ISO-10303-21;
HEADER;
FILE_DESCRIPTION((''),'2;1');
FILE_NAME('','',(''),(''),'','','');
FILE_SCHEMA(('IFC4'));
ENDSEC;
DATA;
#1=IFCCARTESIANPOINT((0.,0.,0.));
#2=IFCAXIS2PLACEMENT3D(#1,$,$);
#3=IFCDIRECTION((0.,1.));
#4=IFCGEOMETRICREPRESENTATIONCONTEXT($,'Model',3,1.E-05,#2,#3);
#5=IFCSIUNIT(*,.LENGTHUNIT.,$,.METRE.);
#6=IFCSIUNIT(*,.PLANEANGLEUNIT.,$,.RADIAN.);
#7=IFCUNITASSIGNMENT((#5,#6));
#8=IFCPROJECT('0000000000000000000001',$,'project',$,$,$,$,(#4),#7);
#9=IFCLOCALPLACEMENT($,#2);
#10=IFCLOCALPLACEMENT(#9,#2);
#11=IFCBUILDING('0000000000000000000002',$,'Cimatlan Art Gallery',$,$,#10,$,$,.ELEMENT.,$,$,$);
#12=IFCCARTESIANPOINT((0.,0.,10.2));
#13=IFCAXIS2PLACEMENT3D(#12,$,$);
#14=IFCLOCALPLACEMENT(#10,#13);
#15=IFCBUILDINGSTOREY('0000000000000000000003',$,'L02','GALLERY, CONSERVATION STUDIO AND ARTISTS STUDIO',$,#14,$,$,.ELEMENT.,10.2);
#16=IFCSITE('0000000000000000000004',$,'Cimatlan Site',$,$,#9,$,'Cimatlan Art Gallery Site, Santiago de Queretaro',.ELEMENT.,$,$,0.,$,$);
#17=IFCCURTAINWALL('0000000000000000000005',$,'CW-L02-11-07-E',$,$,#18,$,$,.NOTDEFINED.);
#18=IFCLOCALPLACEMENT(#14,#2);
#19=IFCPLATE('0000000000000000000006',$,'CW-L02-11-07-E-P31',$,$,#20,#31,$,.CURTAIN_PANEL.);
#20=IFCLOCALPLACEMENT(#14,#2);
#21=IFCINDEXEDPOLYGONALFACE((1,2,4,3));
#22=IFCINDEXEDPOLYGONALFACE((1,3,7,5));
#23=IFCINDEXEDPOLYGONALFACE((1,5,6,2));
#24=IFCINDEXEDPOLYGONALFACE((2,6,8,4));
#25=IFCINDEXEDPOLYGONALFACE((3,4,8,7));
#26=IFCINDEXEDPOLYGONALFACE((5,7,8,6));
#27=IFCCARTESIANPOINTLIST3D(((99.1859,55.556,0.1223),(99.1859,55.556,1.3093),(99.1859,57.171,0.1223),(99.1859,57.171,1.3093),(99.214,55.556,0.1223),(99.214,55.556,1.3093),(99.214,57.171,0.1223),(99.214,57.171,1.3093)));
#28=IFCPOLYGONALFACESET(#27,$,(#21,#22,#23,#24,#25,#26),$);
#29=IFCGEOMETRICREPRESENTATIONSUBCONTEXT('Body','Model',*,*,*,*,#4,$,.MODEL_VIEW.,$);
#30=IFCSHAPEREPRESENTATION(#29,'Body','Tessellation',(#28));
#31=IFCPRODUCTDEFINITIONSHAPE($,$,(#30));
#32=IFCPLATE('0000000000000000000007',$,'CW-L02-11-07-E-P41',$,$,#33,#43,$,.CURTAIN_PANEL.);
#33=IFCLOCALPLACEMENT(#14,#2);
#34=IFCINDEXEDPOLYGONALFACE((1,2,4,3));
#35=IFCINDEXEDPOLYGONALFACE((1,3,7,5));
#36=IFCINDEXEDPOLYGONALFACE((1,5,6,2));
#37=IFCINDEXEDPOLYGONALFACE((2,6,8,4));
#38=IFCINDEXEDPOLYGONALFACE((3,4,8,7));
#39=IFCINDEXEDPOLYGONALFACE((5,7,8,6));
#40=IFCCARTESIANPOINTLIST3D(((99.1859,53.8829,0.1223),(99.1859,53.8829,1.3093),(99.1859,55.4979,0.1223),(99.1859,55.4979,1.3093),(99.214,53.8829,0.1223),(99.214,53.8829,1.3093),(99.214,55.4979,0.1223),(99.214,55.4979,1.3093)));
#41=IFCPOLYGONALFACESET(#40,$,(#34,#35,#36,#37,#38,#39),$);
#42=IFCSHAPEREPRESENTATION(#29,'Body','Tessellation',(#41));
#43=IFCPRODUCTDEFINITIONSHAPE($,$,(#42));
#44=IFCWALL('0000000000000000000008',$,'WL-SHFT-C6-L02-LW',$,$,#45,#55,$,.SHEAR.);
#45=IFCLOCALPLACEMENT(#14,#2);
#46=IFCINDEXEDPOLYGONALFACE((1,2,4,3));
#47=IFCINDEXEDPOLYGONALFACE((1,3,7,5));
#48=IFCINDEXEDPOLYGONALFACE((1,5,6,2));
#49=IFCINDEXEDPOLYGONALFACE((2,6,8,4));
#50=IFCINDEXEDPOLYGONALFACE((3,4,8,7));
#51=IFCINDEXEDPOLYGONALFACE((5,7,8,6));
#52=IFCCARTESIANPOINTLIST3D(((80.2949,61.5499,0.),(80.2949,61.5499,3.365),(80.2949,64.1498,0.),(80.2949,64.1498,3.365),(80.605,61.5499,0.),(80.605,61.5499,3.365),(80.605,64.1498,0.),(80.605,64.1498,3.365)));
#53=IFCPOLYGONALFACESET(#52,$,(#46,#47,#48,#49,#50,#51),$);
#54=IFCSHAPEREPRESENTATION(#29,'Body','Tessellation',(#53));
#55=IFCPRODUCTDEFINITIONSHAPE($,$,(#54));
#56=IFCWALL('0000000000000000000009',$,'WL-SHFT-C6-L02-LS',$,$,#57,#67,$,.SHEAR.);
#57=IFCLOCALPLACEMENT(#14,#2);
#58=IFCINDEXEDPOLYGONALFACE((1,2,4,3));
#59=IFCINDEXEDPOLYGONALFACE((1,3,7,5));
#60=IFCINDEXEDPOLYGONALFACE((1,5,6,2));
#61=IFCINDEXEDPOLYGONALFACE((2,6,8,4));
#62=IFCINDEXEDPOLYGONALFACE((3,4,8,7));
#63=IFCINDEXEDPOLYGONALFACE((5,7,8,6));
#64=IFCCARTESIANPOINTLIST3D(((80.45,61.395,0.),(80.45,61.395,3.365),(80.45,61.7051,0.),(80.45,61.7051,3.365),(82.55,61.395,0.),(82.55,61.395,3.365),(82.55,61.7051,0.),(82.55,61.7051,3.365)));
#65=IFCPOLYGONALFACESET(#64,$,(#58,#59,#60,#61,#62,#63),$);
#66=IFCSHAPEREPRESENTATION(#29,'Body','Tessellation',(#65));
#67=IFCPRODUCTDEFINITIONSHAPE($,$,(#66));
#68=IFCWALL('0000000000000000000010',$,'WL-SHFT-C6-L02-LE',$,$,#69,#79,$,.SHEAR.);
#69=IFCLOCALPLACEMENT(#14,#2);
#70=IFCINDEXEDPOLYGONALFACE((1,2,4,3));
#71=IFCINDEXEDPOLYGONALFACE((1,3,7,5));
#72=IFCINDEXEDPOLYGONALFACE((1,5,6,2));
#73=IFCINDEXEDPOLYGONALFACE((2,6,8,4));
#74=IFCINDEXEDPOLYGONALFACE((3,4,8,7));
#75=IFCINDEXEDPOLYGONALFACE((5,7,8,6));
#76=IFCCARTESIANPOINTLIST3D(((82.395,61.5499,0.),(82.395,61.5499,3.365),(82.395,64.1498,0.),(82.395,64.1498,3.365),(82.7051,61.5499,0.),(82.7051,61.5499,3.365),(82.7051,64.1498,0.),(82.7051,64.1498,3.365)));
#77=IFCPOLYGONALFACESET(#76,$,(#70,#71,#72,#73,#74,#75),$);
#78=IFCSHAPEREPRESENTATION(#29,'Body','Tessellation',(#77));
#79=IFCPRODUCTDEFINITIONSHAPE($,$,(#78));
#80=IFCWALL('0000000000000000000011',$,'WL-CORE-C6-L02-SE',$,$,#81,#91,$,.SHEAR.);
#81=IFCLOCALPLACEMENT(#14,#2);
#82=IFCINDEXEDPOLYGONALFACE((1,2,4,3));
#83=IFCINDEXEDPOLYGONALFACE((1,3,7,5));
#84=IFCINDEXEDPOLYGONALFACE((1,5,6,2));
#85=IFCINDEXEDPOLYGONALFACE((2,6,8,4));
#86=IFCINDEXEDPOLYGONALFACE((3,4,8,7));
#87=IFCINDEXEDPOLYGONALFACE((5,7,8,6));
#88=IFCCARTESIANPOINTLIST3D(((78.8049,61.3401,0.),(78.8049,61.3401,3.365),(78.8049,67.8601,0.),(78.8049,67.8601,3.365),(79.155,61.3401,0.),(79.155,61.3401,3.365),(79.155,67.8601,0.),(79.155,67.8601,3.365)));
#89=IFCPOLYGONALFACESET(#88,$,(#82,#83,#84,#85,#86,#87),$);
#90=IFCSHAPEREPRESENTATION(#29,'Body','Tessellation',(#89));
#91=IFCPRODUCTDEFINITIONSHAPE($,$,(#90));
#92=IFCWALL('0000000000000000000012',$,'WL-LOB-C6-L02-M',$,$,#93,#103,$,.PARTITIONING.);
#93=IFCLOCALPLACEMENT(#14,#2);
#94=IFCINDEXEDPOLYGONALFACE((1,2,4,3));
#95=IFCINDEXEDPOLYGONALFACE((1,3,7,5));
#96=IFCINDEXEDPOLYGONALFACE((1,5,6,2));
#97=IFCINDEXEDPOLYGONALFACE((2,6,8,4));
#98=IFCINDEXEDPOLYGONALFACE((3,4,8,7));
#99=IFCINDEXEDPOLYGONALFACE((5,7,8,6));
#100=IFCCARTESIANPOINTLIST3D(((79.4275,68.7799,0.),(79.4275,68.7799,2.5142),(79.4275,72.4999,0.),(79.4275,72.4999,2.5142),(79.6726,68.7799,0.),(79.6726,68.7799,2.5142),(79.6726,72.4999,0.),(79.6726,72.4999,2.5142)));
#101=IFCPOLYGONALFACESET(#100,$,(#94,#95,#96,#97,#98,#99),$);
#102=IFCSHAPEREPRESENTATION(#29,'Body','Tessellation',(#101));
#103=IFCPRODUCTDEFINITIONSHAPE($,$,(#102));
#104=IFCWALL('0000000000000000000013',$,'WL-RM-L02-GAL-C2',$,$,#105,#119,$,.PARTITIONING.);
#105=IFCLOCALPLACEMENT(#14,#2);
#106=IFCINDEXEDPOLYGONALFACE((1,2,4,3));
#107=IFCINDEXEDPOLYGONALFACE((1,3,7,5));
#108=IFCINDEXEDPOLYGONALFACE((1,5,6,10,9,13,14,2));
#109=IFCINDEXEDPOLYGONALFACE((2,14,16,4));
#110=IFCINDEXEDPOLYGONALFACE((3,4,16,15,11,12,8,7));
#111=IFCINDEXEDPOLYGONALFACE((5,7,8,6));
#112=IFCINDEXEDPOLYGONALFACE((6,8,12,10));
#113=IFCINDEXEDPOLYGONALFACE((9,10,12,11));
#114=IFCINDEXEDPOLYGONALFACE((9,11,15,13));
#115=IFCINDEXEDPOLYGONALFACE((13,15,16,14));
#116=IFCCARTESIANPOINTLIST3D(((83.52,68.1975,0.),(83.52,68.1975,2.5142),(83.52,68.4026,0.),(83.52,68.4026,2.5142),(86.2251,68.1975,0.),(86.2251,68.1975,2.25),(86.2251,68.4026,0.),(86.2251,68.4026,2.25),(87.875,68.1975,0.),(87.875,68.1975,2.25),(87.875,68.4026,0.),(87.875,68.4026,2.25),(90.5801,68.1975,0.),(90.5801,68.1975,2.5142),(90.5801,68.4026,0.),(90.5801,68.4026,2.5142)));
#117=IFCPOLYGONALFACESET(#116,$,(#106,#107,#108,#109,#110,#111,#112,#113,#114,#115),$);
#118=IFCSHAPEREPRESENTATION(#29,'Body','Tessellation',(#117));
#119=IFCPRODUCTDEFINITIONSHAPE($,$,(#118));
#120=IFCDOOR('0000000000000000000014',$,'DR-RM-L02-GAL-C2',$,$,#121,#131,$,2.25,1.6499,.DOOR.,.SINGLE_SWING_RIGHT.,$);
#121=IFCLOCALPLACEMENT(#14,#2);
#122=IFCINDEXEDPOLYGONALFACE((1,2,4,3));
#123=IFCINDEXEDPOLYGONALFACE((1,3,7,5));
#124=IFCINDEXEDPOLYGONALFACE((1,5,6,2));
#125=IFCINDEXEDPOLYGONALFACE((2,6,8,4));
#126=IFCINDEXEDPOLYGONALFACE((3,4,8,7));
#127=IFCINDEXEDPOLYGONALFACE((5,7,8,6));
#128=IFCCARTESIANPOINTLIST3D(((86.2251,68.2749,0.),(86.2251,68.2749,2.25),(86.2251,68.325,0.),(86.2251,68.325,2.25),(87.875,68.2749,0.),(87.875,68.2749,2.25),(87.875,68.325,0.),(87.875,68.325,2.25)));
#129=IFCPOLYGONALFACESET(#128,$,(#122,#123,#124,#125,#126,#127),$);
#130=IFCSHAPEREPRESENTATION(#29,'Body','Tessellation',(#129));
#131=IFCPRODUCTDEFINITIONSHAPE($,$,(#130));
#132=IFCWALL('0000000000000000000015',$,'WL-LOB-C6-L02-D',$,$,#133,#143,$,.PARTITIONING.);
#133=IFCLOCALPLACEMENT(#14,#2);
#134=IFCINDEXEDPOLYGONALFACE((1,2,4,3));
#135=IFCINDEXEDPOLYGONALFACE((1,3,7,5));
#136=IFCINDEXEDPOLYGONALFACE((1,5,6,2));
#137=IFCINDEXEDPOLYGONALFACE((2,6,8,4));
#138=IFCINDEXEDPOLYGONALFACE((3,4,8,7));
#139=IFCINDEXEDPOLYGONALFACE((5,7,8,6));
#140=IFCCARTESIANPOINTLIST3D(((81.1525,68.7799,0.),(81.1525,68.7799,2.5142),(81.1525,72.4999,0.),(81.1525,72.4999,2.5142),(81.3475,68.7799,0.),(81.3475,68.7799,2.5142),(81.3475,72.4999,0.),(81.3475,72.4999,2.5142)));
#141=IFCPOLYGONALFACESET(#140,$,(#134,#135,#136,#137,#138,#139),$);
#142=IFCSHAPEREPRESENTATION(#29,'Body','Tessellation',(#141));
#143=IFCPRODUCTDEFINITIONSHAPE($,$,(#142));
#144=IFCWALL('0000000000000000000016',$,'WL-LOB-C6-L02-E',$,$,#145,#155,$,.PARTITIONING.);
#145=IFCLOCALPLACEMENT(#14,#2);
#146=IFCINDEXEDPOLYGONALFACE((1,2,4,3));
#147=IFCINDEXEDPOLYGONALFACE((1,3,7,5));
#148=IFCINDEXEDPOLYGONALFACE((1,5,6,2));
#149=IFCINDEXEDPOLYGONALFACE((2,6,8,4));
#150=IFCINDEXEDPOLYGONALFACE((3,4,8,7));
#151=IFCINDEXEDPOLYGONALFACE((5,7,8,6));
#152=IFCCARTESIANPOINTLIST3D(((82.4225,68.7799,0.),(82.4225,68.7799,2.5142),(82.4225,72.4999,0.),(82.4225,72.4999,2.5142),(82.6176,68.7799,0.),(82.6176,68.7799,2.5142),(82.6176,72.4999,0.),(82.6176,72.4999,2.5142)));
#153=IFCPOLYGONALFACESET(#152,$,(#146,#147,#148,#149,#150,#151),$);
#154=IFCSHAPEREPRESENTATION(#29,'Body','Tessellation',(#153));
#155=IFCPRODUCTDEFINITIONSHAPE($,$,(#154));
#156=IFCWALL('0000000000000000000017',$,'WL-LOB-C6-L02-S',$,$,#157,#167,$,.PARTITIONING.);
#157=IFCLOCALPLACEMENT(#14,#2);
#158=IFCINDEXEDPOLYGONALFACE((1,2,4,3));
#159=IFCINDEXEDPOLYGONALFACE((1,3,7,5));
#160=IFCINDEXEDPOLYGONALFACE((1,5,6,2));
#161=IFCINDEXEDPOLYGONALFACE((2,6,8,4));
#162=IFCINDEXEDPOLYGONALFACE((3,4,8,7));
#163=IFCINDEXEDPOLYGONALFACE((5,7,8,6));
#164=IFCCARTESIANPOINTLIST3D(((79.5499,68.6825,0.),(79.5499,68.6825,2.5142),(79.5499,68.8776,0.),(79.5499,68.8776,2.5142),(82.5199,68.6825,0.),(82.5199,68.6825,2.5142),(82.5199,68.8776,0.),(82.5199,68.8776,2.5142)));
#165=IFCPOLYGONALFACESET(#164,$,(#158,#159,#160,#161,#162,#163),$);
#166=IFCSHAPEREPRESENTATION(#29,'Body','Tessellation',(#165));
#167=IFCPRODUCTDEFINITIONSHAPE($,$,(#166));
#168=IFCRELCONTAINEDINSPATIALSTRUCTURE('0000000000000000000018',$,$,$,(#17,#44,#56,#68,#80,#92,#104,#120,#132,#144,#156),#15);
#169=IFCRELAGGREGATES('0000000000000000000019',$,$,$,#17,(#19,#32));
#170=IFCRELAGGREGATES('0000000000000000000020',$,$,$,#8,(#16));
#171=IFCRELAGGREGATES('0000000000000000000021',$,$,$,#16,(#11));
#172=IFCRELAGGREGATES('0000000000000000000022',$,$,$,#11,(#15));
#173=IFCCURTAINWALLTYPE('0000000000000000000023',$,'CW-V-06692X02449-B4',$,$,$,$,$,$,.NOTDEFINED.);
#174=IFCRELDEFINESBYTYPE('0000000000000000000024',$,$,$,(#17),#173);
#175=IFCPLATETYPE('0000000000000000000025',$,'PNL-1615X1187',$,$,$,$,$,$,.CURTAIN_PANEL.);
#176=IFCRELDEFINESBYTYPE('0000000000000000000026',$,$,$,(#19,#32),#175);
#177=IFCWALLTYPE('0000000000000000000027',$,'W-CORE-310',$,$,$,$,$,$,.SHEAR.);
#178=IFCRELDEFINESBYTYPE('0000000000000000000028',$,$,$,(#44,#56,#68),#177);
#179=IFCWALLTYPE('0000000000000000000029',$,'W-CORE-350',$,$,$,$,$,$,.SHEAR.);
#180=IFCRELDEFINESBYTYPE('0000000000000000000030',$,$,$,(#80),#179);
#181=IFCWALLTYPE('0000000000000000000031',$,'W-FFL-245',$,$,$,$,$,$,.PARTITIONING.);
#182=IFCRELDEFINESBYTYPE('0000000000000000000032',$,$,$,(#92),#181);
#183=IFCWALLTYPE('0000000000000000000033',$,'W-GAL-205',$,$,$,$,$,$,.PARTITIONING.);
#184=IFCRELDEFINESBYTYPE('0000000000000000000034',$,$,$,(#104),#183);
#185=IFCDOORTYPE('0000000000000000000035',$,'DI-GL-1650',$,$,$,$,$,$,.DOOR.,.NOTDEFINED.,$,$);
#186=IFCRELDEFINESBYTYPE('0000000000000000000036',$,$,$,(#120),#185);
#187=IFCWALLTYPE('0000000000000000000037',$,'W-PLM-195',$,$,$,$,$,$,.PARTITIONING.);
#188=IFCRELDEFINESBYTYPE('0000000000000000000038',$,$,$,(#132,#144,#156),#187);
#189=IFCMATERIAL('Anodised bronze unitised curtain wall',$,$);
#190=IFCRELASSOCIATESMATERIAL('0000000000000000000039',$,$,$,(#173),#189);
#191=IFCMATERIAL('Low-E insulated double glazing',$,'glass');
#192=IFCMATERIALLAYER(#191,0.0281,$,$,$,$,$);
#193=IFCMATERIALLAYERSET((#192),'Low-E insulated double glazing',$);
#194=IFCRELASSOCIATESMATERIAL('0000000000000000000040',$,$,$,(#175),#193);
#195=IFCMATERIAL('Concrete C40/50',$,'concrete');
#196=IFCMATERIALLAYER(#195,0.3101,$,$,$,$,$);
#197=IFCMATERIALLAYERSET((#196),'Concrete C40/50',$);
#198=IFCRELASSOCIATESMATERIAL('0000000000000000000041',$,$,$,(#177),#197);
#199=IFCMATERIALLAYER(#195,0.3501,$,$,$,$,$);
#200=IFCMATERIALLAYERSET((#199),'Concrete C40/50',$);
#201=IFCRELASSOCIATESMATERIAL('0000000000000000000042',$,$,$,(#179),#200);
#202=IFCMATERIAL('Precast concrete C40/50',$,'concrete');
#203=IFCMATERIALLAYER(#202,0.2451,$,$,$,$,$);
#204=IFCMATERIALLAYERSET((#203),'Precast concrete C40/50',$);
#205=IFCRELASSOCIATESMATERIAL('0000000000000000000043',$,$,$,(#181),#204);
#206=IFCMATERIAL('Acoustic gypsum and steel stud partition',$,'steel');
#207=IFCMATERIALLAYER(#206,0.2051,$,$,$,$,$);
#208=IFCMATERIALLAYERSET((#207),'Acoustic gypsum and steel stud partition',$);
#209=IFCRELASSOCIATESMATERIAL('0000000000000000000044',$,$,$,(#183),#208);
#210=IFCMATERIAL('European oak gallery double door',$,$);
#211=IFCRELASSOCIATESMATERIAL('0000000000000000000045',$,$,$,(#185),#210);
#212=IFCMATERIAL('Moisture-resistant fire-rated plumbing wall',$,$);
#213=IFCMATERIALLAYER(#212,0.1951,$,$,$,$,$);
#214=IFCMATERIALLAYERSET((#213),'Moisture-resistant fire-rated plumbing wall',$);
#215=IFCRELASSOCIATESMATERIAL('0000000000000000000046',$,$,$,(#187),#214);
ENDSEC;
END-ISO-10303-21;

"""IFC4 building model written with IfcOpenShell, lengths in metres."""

from ifc_helpers import new_model, si_unit, direction, frame, frame_2d, origin, origin_2d, place, context, subcontext, project, spatial, rectangle, extrude, material, layer, layer_set, type_object, element, fill, aggregate, save


model = new_model("IFC4")

# Units and contexts
model_context = context("Model", 3, precision=1e-05, world=origin(), true_north=direction((0.0, 1.0)))
body_context = subcontext(model_context, "Body", "Model", "MODEL_VIEW")
ifc_project = project(units=[si_unit("LENGTHUNIT", "METRE"), si_unit("PLANEANGLEUNIT", "RADIAN")], contexts=[model_context])

# Site, building, storey
site_placement = place(None, origin())
site = spatial("IfcSite", under=ifc_project, at=site_placement, Name="Cimatlan Site", LongName="Cimatlan Art Gallery Site, Santiago de Queretaro", CompositionType="ELEMENT", RefElevation=0.0)
building_placement = place(site_placement, origin())
building = spatial("IfcBuilding", under=site, at=building_placement, Name="Cimatlan Art Gallery", CompositionType="ELEMENT")
storey_placement = place(building_placement, frame((0.0, 0.0, 10.2)))
storey = spatial("IfcBuildingStorey", under=building, at=storey_placement, Name="L02", Description="GALLERY, CONSERVATION STUDIO AND ARTISTS STUDIO", CompositionType="ELEMENT", Elevation=10.2)

# Curtain wall, plates
ifc_material_1 = material(Name="Anodised bronze unitised curtain wall")
curtain_wall_type = type_object("IfcCurtainWallType", Name="CW-V-06692X02449-B4", PredefinedType="NOTDEFINED", material=ifc_material_1)
curtain_wall_placement = place(storey_placement, origin())
curtain_wall = element("IfcCurtainWall", 1, at=curtain_wall_placement, inside=storey, type_object=curtain_wall_type, Name="CW-L02-11-07-E", PredefinedType="NOTDEFINED")
ifc_material_2 = material(Name="Low-E insulated double glazing", Category="glass")
ifc_layer_1 = layer(ifc_material_2, 0.0281)
ifc_layer_set_1 = layer_set([ifc_layer_1], Name="Low-E insulated double glazing")
plate_type_1 = type_object("IfcPlateType", Name="PNL-1615X1187", PredefinedType="CURTAIN_PANEL", material=ifc_layer_set_1)
plate_1_placement = place(storey_placement, frame((99.2, 56.3635, 0.1223), z_axis=(0.0, 0.0, 1.0), x_axis=(0.0, -1.0, 0.0)))
plate_1 = element("IfcPlate", 2, at=plate_1_placement, type_object=plate_type_1, Name="CW-L02-11-07-E-P31", PredefinedType="CURTAIN_PANEL", context=body_context, shape_type="SweptSolid", body=[
    extrude(rectangle(XDim=1.615, YDim=0.0281, at=origin_2d()), origin(), (0.0, 0.0, 1.0), 1.187),
])
plate_2_placement = place(storey_placement, frame((99.2, 54.6904, 0.1223), z_axis=(0.0, 0.0, 1.0), x_axis=(0.0, -1.0, 0.0)))
plate_2 = element("IfcPlate", 3, at=plate_2_placement, type_object=plate_type_1, Name="CW-L02-11-07-E-P41", PredefinedType="CURTAIN_PANEL", context=body_context, shape_type="SweptSolid", body=[
    extrude(rectangle(XDim=1.615, YDim=0.0281, at=origin_2d()), origin(), (0.0, 0.0, 1.0), 1.187),
])
aggregate(curtain_wall, [plate_1, plate_2])

# Walls
ifc_material_3 = material(Name="Concrete C40/50", Category="concrete")
ifc_layer_2 = layer(ifc_material_3, 0.3101)
ifc_layer_set_2 = layer_set([ifc_layer_2], Name="Concrete C40/50")
wall_type_1 = type_object("IfcWallType", Name="W-CORE-310", PredefinedType="SHEAR", material=ifc_layer_set_2)
wall_1_placement = place(storey_placement, frame((80.45, 61.55, 0.0), z_axis=(0.0, 0.0, 1.0), x_axis=(0.0, 1.0, 0.0)))
element("IfcWall", 4, at=wall_1_placement, inside=storey, type_object=wall_type_1, Name="WL-SHFT-C6-L02-LW", PredefinedType="SHEAR", context=body_context, shape_type="SweptSolid", body=[
    extrude(rectangle(XDim=2.5999, YDim=0.3101, at=frame_2d((1.2998, 0.0))), origin(), (0.0, 0.0, 1.0), 3.365),
])
wall_2_placement = place(storey_placement, frame((80.45, 61.55, 0.0), z_axis=(0.0, 0.0, 1.0), x_axis=(1.0, 0.0, 0.0)))
element("IfcWall", 5, at=wall_2_placement, inside=storey, type_object=wall_type_1, Name="WL-SHFT-C6-L02-LS", PredefinedType="SHEAR", context=body_context, shape_type="SweptSolid", body=[
    extrude(rectangle(XDim=2.1001, YDim=0.3101, at=frame_2d((1.05, 0.0))), origin(), (0.0, 0.0, 1.0), 3.365),
])
wall_3_placement = place(storey_placement, frame((82.55, 61.55, 0.0), z_axis=(0.0, 0.0, 1.0), x_axis=(0.0, 1.0, 0.0)))
element("IfcWall", 6, at=wall_3_placement, inside=storey, type_object=wall_type_1, Name="WL-SHFT-C6-L02-LE", PredefinedType="SHEAR", context=body_context, shape_type="SweptSolid", body=[
    extrude(rectangle(XDim=2.5999, YDim=0.3101, at=frame_2d((1.2998, 0.0))), origin(), (0.0, 0.0, 1.0), 3.365),
])

# Walls
ifc_layer_3 = layer(ifc_material_3, 0.3501)
ifc_layer_set_3 = layer_set([ifc_layer_3], Name="Concrete C40/50")
wall_type_2 = type_object("IfcWallType", Name="W-CORE-350", PredefinedType="SHEAR", material=ifc_layer_set_3)
wall_4_placement = place(storey_placement, frame((78.98, 61.3401, 0.0), z_axis=(0.0, 0.0, 1.0), x_axis=(0.0, 1.0, 0.0)))
element("IfcWall", 7, at=wall_4_placement, inside=storey, type_object=wall_type_2, Name="WL-CORE-C6-L02-SE", PredefinedType="SHEAR", context=body_context, shape_type="SweptSolid", body=[
    extrude(rectangle(XDim=6.52, YDim=0.3501, at=frame_2d((3.26, 0.0))), origin(), (0.0, 0.0, 1.0), 3.365),
])
ifc_material_4 = material(Name="Precast concrete C40/50", Category="concrete")
ifc_layer_4 = layer(ifc_material_4, 0.2451)
ifc_layer_set_4 = layer_set([ifc_layer_4], Name="Precast concrete C40/50")
wall_type_3 = type_object("IfcWallType", Name="W-FFL-245", PredefinedType="PARTITIONING", material=ifc_layer_set_4)
wall_5_placement = place(storey_placement, frame((79.55, 68.78, 0.0), z_axis=(0.0, 0.0, 1.0), x_axis=(0.0, 1.0, 0.0)))
element("IfcWall", 8, at=wall_5_placement, inside=storey, type_object=wall_type_3, Name="WL-LOB-C6-L02-M", PredefinedType="PARTITIONING", context=body_context, shape_type="SweptSolid", body=[
    extrude(rectangle(XDim=3.72, YDim=0.2451, at=frame_2d((1.8599, 0.0))), origin(), (0.0, 0.0, 1.0), 2.5142),
])

# Wall, opening, door
ifc_material_5 = material(Name="Acoustic gypsum and steel stud partition", Category="steel")
ifc_layer_5 = layer(ifc_material_5, 0.2051)
ifc_layer_set_5 = layer_set([ifc_layer_5], Name="Acoustic gypsum and steel stud partition")
wall_type_4 = type_object("IfcWallType", Name="W-GAL-205", PredefinedType="PARTITIONING", material=ifc_layer_set_5)
wall_6_placement = place(storey_placement, frame((83.52, 68.3, 0.0), z_axis=(0.0, 0.0, 1.0), x_axis=(1.0, 0.0, 0.0)))
wall_6 = element("IfcWall", 9, at=wall_6_placement, inside=storey, type_object=wall_type_4, Name="WL-RM-L02-GAL-C2", PredefinedType="PARTITIONING", context=body_context, shape_type="SweptSolid", body=[
    extrude(rectangle(XDim=7.0601, YDim=0.2051, at=frame_2d((3.53, 0.0))), origin(), (0.0, 0.0, 1.0), 2.5142),
])
opening_1_placement = place(wall_6_placement, frame((2.7051, 0.0, 0.0)))
opening_1 = element("IfcOpeningElement", 10, at=opening_1_placement, cuts=wall_6, PredefinedType="OPENING", context=body_context, shape_type="SweptSolid", body=[
    extrude(rectangle(XDim=1.6499, YDim=2.25, at=frame_2d((0.825, 1.125))), frame((0.0, 0.1125, 0.0), z_axis=(0.0, -1.0, 0.0), x_axis=(1.0, 0.0, 0.0)), (0.0, 0.0, 1.0), 0.2251),
])
ifc_material_6 = material(Name="European oak gallery double door")
door_type_1 = type_object("IfcDoorType", Name="DI-GL-1650", OperationType="NOTDEFINED", PredefinedType="DOOR", material=ifc_material_6)
door_1_placement = place(opening_1_placement, origin())
door_1 = element("IfcDoor", 11, at=door_1_placement, inside=storey, type_object=door_type_1, Name="DR-RM-L02-GAL-C2", OperationType="SINGLE_SWING_RIGHT", OverallHeight=2.25, OverallWidth=1.6499, PredefinedType="DOOR", context=body_context, shape_type="SweptSolid", body=[
    extrude(rectangle(XDim=1.6499, YDim=2.25, at=frame_2d((0.825, 1.125))), frame((0.0, 0.0249, 0.0), z_axis=(0.0, -1.0, 0.0), x_axis=(1.0, 0.0, 0.0)), (0.0, 0.0, 1.0), 0.05),
])
fill(opening_1, door_1)

# Walls
ifc_material_7 = material(Name="Moisture-resistant fire-rated plumbing wall")
ifc_layer_6 = layer(ifc_material_7, 0.1951)
ifc_layer_set_6 = layer_set([ifc_layer_6], Name="Moisture-resistant fire-rated plumbing wall")
wall_type_5 = type_object("IfcWallType", Name="W-PLM-195", PredefinedType="PARTITIONING", material=ifc_layer_set_6)
for number, where, z_axis, x_axis, name in (
    (12, (81.25, 68.78, 0.0), (0.0, 0.0, 1.0), (0.0, 1.0, 0.0), "WL-LOB-C6-L02-D"),
    (13, (82.52, 68.78, 0.0), (0.0, 0.0, 1.0), (0.0, 1.0, 0.0), "WL-LOB-C6-L02-E"),
):
    element("IfcWall", number, at=place(storey_placement, frame(where, z_axis=z_axis, x_axis=x_axis)), inside=storey, type_object=wall_type_5, Name=name, PredefinedType="PARTITIONING", context=body_context, shape_type="SweptSolid", body=[
        extrude(rectangle(XDim=3.72, YDim=0.1951, at=frame_2d((1.8599, 0.0))), origin(), (0.0, 0.0, 1.0), 2.5142),
    ])
wall_7_placement = place(storey_placement, frame((79.55, 68.78, 0.0), z_axis=(0.0, 0.0, 1.0), x_axis=(1.0, 0.0, 0.0)))
element("IfcWall", 14, at=wall_7_placement, inside=storey, type_object=wall_type_5, Name="WL-LOB-C6-L02-S", PredefinedType="PARTITIONING", context=body_context, shape_type="SweptSolid", body=[
    extrude(rectangle(XDim=2.97, YDim=0.1951, at=frame_2d((1.4849, 0.0))), origin(), (0.0, 0.0, 1.0), 2.5142),
])

save(model, "model.ifc")
